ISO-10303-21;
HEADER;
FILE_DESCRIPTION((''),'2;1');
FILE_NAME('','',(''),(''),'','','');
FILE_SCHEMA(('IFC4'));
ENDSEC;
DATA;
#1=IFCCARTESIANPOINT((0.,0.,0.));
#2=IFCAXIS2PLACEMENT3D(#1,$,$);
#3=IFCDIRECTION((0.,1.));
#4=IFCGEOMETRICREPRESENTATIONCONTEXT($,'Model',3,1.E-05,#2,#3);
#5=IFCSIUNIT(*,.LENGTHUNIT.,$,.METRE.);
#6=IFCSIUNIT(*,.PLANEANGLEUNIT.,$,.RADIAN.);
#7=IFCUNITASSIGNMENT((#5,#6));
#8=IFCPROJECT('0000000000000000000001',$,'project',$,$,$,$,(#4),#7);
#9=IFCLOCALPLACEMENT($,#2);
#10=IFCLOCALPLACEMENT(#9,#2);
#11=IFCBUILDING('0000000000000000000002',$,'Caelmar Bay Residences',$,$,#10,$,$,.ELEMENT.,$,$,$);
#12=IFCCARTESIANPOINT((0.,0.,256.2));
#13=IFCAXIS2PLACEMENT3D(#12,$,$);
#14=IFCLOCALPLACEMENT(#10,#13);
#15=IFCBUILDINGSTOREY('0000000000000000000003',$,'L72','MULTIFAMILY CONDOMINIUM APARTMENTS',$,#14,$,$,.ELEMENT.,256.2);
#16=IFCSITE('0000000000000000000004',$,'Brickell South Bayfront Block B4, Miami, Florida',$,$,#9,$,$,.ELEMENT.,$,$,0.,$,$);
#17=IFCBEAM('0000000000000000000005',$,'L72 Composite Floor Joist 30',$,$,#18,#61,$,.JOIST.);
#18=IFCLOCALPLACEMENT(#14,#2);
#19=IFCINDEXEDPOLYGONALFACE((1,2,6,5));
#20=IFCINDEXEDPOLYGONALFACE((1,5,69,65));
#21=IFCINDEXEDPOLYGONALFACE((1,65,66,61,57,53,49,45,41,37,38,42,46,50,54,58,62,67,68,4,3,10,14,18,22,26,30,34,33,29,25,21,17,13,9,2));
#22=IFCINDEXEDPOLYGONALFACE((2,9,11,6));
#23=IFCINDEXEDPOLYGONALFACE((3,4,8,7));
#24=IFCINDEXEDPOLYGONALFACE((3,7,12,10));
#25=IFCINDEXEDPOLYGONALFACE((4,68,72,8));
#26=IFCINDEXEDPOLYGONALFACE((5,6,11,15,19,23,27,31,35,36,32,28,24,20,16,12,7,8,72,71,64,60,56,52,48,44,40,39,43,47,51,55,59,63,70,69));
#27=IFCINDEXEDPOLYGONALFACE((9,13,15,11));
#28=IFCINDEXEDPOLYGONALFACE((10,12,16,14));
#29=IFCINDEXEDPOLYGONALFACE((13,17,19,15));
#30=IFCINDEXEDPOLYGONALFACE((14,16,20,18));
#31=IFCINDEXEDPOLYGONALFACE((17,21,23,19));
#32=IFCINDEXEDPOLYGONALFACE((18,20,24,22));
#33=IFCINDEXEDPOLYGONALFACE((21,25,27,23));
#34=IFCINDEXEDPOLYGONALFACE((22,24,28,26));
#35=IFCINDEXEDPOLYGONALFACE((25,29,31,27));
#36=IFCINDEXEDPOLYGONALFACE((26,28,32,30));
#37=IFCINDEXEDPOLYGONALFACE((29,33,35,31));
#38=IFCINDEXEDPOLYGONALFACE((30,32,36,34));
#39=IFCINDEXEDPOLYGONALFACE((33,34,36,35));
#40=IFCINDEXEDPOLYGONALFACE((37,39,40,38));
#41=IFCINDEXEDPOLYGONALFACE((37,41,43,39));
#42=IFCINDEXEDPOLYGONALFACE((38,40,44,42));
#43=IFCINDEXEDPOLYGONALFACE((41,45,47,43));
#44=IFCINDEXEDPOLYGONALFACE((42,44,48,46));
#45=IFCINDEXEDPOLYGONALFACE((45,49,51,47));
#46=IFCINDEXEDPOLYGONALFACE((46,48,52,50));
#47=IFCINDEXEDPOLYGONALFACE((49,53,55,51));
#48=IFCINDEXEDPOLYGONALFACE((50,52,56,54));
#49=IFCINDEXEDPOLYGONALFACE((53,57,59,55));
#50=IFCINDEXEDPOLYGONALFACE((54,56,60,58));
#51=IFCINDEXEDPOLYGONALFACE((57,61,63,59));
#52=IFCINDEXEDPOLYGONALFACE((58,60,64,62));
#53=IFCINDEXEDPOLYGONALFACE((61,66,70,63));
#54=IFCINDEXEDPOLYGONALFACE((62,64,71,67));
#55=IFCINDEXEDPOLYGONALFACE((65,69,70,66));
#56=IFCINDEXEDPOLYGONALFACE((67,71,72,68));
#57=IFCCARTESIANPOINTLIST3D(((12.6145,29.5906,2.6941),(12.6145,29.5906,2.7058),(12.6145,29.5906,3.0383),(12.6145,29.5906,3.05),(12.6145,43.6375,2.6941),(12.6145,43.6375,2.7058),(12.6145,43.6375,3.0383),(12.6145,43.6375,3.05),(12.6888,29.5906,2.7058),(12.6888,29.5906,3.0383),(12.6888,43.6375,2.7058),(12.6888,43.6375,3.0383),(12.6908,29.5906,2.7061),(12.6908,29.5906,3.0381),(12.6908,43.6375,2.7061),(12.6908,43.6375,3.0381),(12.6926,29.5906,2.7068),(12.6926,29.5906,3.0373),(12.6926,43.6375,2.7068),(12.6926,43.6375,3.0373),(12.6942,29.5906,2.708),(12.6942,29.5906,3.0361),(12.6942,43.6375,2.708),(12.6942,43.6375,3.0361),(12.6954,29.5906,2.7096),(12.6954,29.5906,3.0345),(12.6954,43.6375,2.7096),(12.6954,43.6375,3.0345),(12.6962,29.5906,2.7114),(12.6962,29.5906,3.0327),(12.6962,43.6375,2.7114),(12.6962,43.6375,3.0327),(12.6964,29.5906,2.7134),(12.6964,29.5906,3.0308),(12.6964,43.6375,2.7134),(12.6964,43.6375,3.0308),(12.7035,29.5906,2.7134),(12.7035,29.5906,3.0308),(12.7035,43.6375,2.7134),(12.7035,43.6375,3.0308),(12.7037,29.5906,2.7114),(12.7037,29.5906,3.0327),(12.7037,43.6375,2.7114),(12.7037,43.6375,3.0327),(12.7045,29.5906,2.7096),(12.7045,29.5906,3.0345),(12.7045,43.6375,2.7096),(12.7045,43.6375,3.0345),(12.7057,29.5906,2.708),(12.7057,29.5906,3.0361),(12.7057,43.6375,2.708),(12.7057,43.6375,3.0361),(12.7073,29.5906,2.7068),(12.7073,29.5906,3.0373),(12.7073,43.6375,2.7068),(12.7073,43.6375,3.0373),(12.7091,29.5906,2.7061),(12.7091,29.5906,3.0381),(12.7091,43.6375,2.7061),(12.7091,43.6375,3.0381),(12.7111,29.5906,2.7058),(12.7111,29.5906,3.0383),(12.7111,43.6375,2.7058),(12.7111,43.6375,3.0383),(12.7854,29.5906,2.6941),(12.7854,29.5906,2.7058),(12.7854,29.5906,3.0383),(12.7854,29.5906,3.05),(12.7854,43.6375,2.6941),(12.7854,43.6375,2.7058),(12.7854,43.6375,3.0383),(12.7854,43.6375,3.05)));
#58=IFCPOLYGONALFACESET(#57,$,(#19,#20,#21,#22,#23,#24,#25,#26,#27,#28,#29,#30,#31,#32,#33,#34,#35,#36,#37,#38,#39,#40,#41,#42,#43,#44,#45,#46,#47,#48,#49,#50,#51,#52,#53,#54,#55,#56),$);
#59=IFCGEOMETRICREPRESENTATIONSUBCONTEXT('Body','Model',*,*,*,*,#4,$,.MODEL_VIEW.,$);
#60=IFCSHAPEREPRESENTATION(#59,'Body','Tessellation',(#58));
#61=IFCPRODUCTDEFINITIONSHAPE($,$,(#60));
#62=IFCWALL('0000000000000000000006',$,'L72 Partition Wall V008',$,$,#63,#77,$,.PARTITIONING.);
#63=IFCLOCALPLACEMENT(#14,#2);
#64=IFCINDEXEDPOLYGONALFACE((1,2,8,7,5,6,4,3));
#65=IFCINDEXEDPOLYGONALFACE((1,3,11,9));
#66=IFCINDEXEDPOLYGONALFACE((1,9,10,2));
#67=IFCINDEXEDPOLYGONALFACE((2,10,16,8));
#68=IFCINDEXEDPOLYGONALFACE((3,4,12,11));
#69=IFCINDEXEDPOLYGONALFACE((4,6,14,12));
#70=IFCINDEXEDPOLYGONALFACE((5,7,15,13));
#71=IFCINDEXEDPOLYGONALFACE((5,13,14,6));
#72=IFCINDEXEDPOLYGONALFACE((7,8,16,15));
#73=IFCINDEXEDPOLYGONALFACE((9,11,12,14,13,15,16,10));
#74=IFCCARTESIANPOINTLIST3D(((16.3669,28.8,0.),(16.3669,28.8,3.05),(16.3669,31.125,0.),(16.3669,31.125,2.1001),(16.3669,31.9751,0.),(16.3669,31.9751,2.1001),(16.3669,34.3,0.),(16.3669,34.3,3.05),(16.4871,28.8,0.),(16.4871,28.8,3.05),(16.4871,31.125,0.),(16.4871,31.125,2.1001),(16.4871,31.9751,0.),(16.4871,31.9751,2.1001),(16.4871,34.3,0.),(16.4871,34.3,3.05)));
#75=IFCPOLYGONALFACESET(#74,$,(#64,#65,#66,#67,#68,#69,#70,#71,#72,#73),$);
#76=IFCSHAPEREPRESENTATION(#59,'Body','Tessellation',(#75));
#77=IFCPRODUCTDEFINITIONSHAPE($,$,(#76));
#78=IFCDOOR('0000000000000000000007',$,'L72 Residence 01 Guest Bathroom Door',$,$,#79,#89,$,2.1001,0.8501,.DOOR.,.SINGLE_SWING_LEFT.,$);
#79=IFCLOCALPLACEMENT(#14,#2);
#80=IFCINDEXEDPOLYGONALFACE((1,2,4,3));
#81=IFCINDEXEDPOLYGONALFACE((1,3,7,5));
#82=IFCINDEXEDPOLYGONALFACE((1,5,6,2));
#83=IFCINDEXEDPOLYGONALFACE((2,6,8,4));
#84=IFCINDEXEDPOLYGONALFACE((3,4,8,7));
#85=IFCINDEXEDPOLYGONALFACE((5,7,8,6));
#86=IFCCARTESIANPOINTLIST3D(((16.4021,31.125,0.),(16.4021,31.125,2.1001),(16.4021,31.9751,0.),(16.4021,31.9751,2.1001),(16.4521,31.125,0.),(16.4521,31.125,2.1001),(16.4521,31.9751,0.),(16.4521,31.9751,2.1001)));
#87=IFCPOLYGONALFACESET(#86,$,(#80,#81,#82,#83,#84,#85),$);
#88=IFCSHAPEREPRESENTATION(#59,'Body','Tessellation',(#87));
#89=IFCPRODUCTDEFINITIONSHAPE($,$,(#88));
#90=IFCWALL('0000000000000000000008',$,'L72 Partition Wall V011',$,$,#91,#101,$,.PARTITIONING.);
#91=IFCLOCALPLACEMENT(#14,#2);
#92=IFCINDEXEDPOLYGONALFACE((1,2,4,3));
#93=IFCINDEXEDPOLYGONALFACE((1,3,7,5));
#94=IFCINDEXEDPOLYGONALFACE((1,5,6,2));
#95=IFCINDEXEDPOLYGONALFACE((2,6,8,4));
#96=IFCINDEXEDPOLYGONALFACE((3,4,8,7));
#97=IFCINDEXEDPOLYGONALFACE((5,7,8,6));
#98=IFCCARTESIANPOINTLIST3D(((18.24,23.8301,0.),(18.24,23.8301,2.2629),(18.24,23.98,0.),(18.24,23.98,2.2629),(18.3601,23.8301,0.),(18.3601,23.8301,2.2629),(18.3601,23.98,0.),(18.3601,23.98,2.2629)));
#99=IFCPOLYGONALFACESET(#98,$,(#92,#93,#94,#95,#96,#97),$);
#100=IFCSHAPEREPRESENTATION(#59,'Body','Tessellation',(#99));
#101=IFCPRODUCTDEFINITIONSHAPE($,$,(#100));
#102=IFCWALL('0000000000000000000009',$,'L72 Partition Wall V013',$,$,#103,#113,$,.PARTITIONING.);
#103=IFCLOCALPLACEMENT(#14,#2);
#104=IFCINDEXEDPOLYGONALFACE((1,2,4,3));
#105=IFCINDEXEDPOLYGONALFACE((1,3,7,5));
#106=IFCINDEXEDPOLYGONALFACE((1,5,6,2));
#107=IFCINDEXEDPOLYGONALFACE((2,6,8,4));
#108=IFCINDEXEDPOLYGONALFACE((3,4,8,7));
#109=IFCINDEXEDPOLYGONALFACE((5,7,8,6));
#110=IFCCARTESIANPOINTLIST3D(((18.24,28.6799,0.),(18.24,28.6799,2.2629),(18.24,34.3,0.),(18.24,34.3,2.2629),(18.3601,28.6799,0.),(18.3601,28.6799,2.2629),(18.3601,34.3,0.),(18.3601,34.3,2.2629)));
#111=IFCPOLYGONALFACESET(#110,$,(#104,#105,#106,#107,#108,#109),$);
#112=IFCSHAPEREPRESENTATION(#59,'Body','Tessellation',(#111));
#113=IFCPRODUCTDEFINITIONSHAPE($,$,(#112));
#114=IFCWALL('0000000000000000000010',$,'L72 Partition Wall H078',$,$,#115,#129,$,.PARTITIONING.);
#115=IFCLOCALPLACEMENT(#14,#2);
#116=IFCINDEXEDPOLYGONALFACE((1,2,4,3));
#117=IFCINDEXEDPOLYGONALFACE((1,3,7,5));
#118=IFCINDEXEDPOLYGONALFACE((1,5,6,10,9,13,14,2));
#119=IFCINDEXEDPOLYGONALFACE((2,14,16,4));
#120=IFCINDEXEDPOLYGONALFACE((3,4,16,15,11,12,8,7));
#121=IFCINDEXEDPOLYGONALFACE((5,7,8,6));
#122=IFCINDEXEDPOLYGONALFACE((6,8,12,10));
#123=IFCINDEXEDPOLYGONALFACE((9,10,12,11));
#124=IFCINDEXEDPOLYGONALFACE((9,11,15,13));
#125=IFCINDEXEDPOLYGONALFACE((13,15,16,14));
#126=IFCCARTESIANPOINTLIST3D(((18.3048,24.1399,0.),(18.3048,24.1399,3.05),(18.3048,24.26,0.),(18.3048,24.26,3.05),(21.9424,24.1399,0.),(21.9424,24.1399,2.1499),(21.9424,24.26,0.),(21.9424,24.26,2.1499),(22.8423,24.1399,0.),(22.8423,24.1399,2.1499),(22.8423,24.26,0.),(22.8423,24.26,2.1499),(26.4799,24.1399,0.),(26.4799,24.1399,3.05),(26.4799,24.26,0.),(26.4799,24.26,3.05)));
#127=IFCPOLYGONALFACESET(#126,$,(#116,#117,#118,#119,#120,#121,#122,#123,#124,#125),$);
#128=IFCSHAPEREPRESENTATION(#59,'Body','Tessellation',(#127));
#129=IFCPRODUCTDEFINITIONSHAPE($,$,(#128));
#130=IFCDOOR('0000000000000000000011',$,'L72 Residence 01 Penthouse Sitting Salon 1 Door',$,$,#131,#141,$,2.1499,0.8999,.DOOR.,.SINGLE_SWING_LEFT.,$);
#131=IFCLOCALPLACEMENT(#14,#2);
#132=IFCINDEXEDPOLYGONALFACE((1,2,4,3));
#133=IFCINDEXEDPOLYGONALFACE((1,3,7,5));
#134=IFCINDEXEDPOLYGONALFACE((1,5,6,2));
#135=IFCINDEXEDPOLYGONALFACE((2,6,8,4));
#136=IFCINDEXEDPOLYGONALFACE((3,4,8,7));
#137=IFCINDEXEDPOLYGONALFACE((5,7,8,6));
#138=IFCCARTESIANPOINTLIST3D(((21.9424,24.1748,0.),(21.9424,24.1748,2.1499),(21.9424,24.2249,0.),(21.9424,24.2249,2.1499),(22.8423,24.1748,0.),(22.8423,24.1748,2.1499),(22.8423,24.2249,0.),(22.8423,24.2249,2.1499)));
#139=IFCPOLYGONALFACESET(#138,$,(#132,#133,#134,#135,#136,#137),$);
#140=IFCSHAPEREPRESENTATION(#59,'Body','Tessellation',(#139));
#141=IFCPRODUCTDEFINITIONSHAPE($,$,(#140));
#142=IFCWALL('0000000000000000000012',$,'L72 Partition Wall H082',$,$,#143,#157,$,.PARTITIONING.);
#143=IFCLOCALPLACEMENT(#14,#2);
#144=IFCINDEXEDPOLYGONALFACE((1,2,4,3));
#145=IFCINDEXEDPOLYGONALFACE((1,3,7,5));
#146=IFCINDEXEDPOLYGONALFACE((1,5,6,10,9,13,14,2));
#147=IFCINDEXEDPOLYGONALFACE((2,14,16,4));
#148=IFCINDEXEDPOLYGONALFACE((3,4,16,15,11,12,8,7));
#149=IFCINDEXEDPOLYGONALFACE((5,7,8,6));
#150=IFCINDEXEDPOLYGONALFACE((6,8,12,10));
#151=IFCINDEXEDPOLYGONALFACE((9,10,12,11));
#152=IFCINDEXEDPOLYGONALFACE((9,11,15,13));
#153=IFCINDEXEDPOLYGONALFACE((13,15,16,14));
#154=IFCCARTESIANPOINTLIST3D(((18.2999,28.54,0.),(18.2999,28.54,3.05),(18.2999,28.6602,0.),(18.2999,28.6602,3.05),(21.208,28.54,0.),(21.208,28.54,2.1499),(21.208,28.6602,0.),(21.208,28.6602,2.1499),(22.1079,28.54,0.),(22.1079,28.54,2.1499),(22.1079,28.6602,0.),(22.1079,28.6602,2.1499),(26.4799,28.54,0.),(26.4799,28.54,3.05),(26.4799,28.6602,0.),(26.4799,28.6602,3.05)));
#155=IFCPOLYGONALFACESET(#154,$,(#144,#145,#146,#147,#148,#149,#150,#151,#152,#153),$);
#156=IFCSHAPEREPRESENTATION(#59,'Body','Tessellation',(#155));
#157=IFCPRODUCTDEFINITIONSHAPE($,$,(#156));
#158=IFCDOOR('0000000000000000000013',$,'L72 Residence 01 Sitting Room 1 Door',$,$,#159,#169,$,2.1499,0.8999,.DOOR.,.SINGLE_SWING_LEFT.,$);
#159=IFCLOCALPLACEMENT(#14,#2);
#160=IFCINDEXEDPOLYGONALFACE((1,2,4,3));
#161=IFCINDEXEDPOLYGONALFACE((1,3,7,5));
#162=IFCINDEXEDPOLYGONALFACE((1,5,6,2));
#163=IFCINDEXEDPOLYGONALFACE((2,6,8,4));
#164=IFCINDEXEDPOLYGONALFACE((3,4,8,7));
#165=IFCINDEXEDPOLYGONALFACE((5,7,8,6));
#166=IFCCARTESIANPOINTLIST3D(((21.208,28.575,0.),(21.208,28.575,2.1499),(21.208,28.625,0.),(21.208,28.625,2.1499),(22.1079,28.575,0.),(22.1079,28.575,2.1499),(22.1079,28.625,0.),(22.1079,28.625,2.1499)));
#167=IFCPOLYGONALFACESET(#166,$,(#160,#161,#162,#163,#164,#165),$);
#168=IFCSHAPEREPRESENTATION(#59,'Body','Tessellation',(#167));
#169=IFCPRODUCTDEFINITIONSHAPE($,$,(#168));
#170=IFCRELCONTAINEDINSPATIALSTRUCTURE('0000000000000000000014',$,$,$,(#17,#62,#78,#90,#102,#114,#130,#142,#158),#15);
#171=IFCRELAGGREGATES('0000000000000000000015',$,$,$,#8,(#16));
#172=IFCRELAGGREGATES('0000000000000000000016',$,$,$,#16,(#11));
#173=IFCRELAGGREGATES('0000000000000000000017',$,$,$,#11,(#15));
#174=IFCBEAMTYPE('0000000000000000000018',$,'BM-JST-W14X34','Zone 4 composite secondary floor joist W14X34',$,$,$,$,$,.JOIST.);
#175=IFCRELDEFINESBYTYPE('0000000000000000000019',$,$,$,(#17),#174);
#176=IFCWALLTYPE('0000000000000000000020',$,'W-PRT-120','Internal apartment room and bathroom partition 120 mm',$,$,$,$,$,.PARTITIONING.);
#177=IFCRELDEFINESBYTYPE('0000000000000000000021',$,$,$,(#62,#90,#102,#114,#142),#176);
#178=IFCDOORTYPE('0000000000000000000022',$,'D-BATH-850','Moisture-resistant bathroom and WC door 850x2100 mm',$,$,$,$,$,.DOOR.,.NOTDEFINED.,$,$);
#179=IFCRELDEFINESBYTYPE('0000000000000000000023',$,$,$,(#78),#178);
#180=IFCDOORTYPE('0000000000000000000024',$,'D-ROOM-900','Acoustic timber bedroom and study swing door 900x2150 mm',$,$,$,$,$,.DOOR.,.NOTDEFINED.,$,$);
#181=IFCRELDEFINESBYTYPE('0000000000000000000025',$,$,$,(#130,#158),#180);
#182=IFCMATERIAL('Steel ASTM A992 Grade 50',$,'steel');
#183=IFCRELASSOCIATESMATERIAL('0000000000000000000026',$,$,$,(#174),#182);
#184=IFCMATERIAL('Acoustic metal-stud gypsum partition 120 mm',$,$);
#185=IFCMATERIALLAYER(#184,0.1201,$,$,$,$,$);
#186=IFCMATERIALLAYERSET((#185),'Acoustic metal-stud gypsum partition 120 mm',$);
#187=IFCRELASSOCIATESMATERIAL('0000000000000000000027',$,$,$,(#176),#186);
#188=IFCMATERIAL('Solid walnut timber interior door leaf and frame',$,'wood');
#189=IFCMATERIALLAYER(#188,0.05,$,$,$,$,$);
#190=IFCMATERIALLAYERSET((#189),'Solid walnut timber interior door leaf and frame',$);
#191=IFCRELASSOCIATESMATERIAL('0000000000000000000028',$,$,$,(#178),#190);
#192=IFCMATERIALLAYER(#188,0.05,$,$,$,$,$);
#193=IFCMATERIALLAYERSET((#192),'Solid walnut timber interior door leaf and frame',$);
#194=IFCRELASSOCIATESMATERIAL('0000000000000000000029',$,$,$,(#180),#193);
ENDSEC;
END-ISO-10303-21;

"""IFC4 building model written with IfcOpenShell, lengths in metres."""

from ifc_helpers import new_model, si_unit, direction, frame, frame_2d, origin, origin_2d, place, context, subcontext, project, spatial, rectangle, i_section, extrude, material, layer, layer_set, material_profile, profile_set, type_object, element, fill, save


model = new_model("IFC4")

# Units and contexts
model_context = context("Model", 3, precision=1e-05, world=origin(), true_north=direction((0.0, 1.0)))
body_context = subcontext(model_context, "Body", "Model", "MODEL_VIEW")
ifc_project = project(units=[si_unit("LENGTHUNIT", "METRE"), si_unit("PLANEANGLEUNIT", "RADIAN")], contexts=[model_context])

# Site, building, storey
site_placement = place(None, origin())
site = spatial("IfcSite", under=ifc_project, at=site_placement, Name="Brickell South Bayfront Block B4, Miami, Florida", CompositionType="ELEMENT", RefElevation=0.0)
building_placement = place(site_placement, origin())
building = spatial("IfcBuilding", under=site, at=building_placement, Name="Caelmar Bay Residences", CompositionType="ELEMENT")
storey_placement = place(building_placement, frame((0.0, 0.0, 256.2)))
storey = spatial("IfcBuildingStorey", under=building, at=storey_placement, Name="L72", Description="MULTIFAMILY CONDOMINIUM APARTMENTS", CompositionType="ELEMENT", Elevation=256.2)

# Beam
ifc_material_1 = material(Name="Steel ASTM A992 Grade 50", Category="steel")
ifc_material_profile_1 = material_profile(ifc_material_1, i_section(OverallWidth=0.1709, OverallDepth=0.356, WebThickness=0.0071, FlangeThickness=0.0117, FilletRadius=0.0076, at=origin_2d()), Name="W14X34")
ifc_profile_set_1 = profile_set([ifc_material_profile_1], Name="Steel ASTM A992 Grade 50")
beam_type_1 = type_object("IfcBeamType", Name="BM-JST-W14X34", Description="Zone 4 composite secondary floor joist W14X34", PredefinedType="JOIST", material=ifc_profile_set_1)
beam_1_placement = place(storey_placement, frame((12.7, 29.5906, 2.8721), z_axis=(0.0, 1.0, 0.0), x_axis=(-1.0, 0.0, 0.0)))
element("IfcBeam", 1, at=beam_1_placement, inside=storey, type_object=beam_type_1, Name="L72 Composite Floor Joist 30", PredefinedType="JOIST", context=body_context, shape_type="SweptSolid", body=[
    extrude(i_section(OverallWidth=0.1709, OverallDepth=0.356, WebThickness=0.0071, FlangeThickness=0.0117, FilletRadius=0.0076, at=origin_2d()), origin(), (0.0, 0.0, 1.0), 14.0469),
])

# Wall, opening, door
ifc_material_2 = material(Name="Acoustic metal-stud gypsum partition 120 mm")
ifc_layer_1 = layer(ifc_material_2, 0.1201)
ifc_layer_set_1 = layer_set([ifc_layer_1], Name="Acoustic metal-stud gypsum partition 120 mm")
wall_type = type_object("IfcWallType", Name="W-PRT-120", Description="Internal apartment room and bathroom partition 120 mm", PredefinedType="PARTITIONING", material=ifc_layer_set_1)
wall_1_placement = place(storey_placement, frame((16.427, 28.8, 0.0), z_axis=(0.0, 0.0, 1.0), x_axis=(0.0, 1.0, 0.0)))
wall_1 = element("IfcWall", 2, at=wall_1_placement, inside=storey, type_object=wall_type, Name="L72 Partition Wall V008", PredefinedType="PARTITIONING", context=body_context, shape_type="SweptSolid", body=[
    extrude(rectangle(XDim=5.5, YDim=0.1201, at=frame_2d((2.75, 0.0))), origin(), (0.0, 0.0, 1.0), 3.05),
])
opening_1_placement = place(wall_1_placement, frame((2.325, 0.0, 0.0)))
opening_1 = element("IfcOpeningElement", 3, at=opening_1_placement, cuts=wall_1, PredefinedType="OPENING", context=body_context, shape_type="SweptSolid", body=[
    extrude(rectangle(XDim=0.8501, YDim=2.1001, at=frame_2d((0.425, 1.05))), frame((0.0, 0.0701, 0.0), z_axis=(0.0, -1.0, 0.0), x_axis=(1.0, 0.0, 0.0)), (0.0, 0.0, 1.0), 0.1401),
])
ifc_material_3 = material(Name="Solid walnut timber interior door leaf and frame", Category="wood")
ifc_layer_2 = layer(ifc_material_3, 0.05)
ifc_layer_set_2 = layer_set([ifc_layer_2], Name="Solid walnut timber interior door leaf and frame")
door_type_1 = type_object("IfcDoorType", Name="D-BATH-850", Description="Moisture-resistant bathroom and WC door 850x2100 mm", OperationType="NOTDEFINED", PredefinedType="DOOR", material=ifc_layer_set_2)
door_1_placement = place(opening_1_placement, origin())
door_1 = element("IfcDoor", 4, at=door_1_placement, inside=storey, type_object=door_type_1, Name="L72 Residence 01 Guest Bathroom Door", OperationType="SINGLE_SWING_LEFT", OverallHeight=2.1001, OverallWidth=0.8501, PredefinedType="DOOR", context=body_context, shape_type="SweptSolid", body=[
    extrude(rectangle(XDim=0.8501, YDim=2.1001, at=frame_2d((0.425, 1.05))), frame((0.0, 0.0249, 0.0), z_axis=(0.0, -1.0, 0.0), x_axis=(1.0, 0.0, 0.0)), (0.0, 0.0, 1.0), 0.05),
])
fill(opening_1, door_1)

# Wall
wall_2_placement = place(storey_placement, frame((18.3, 23.8301, 0.0), z_axis=(0.0, 0.0, 1.0), x_axis=(0.0, 1.0, 0.0)))
element("IfcWall", 5, at=wall_2_placement, inside=storey, type_object=wall_type, Name="L72 Partition Wall V011", PredefinedType="PARTITIONING", context=body_context, shape_type="SweptSolid", body=[
    extrude(rectangle(XDim=0.1499, YDim=0.1201, at=frame_2d((0.075, 0.0))), origin(), (0.0, 0.0, 1.0), 2.2629),
])

# Shared definitions
ifc_layer_3 = layer(ifc_material_3, 0.05)
ifc_layer_set_3 = layer_set([ifc_layer_3], Name="Solid walnut timber interior door leaf and frame")
door_type_2 = type_object("IfcDoorType", Name="D-ROOM-900", Description="Acoustic timber bedroom and study swing door 900x2150 mm", OperationType="NOTDEFINED", PredefinedType="DOOR", material=ifc_layer_set_3)

# Wall
wall_3_placement = place(storey_placement, frame((18.3, 28.6799, 0.0), z_axis=(0.0, 0.0, 1.0), x_axis=(0.0, 1.0, 0.0)))
element("IfcWall", 6, at=wall_3_placement, inside=storey, type_object=wall_type, Name="L72 Partition Wall V013", PredefinedType="PARTITIONING", context=body_context, shape_type="SweptSolid", body=[
    extrude(rectangle(XDim=5.6201, YDim=0.1201, at=frame_2d((2.8101, 0.0))), origin(), (0.0, 0.0, 1.0), 2.2629),
])

# Walls, openings, doors
wall_4_placement = place(storey_placement, frame((18.3049, 24.2, 0.0), z_axis=(0.0, 0.0, 1.0), x_axis=(1.0, 0.0, 0.0)))
wall_4 = element("IfcWall", 7, at=wall_4_placement, inside=storey, type_object=wall_type, Name="L72 Partition Wall H078", PredefinedType="PARTITIONING", context=body_context, shape_type="SweptSolid", body=[
    extrude(rectangle(XDim=8.175, YDim=0.1201, at=frame_2d((4.0874, 0.0))), origin(), (0.0, 0.0, 1.0), 3.05),
])
opening_2_placement = place(wall_4_placement, frame((3.6375, 0.0, 0.0)))
opening_2 = element("IfcOpeningElement", 8, at=opening_2_placement, cuts=wall_4, PredefinedType="OPENING", context=body_context, shape_type="SweptSolid", body=[
    extrude(rectangle(XDim=0.8999, YDim=2.1499, at=frame_2d((0.45, 1.075))), frame((0.0, 0.0701, 0.0), z_axis=(0.0, -1.0, 0.0), x_axis=(1.0, 0.0, 0.0)), (0.0, 0.0, 1.0), 0.1401),
])
door_2_placement = place(opening_2_placement, origin())
door_2 = element("IfcDoor", 9, at=door_2_placement, inside=storey, type_object=door_type_2, Name="L72 Residence 01 Penthouse Sitting Salon 1 Door", OperationType="SINGLE_SWING_LEFT", OverallHeight=2.1499, OverallWidth=0.8999, PredefinedType="DOOR", context=body_context, shape_type="SweptSolid", body=[
    extrude(rectangle(XDim=0.8999, YDim=2.1499, at=frame_2d((0.45, 1.075))), frame((0.0, 0.0249, 0.0), z_axis=(0.0, -1.0, 0.0), x_axis=(1.0, 0.0, 0.0)), (0.0, 0.0, 1.0), 0.05),
])
fill(opening_2, door_2)
wall_5_placement = place(storey_placement, frame((18.3, 28.6001, 0.0), z_axis=(0.0, 0.0, 1.0), x_axis=(1.0, 0.0, 0.0)))
wall_5 = element("IfcWall", 10, at=wall_5_placement, inside=storey, type_object=wall_type, Name="L72 Partition Wall H082", PredefinedType="PARTITIONING", context=body_context, shape_type="SweptSolid", body=[
    extrude(rectangle(XDim=8.1799, YDim=0.1201, at=frame_2d((4.0898, 0.0))), origin(), (0.0, 0.0, 1.0), 3.05),
])
opening_3_placement = place(wall_5_placement, frame((2.908, 0.0, 0.0)))
opening_3 = element("IfcOpeningElement", 11, at=opening_3_placement, cuts=wall_5, PredefinedType="OPENING", context=body_context, shape_type="SweptSolid", body=[
    extrude(rectangle(XDim=0.8999, YDim=2.1499, at=frame_2d((0.45, 1.075))), frame((0.0, 0.0701, 0.0), z_axis=(0.0, -1.0, 0.0), x_axis=(1.0, 0.0, 0.0)), (0.0, 0.0, 1.0), 0.1401),
])
door_3_placement = place(opening_3_placement, origin())
door_3 = element("IfcDoor", 12, at=door_3_placement, inside=storey, type_object=door_type_2, Name="L72 Residence 01 Sitting Room 1 Door", OperationType="SINGLE_SWING_LEFT", OverallHeight=2.1499, OverallWidth=0.8999, PredefinedType="DOOR", context=body_context, shape_type="SweptSolid", body=[
    extrude(rectangle(XDim=0.8999, YDim=2.1499, at=frame_2d((0.45, 1.075))), frame((0.0, 0.0249, 0.0), z_axis=(0.0, -1.0, 0.0), x_axis=(1.0, 0.0, 0.0)), (0.0, 0.0, 1.0), 0.05),
])
fill(opening_3, door_3)

save(model, "model.ifc")
